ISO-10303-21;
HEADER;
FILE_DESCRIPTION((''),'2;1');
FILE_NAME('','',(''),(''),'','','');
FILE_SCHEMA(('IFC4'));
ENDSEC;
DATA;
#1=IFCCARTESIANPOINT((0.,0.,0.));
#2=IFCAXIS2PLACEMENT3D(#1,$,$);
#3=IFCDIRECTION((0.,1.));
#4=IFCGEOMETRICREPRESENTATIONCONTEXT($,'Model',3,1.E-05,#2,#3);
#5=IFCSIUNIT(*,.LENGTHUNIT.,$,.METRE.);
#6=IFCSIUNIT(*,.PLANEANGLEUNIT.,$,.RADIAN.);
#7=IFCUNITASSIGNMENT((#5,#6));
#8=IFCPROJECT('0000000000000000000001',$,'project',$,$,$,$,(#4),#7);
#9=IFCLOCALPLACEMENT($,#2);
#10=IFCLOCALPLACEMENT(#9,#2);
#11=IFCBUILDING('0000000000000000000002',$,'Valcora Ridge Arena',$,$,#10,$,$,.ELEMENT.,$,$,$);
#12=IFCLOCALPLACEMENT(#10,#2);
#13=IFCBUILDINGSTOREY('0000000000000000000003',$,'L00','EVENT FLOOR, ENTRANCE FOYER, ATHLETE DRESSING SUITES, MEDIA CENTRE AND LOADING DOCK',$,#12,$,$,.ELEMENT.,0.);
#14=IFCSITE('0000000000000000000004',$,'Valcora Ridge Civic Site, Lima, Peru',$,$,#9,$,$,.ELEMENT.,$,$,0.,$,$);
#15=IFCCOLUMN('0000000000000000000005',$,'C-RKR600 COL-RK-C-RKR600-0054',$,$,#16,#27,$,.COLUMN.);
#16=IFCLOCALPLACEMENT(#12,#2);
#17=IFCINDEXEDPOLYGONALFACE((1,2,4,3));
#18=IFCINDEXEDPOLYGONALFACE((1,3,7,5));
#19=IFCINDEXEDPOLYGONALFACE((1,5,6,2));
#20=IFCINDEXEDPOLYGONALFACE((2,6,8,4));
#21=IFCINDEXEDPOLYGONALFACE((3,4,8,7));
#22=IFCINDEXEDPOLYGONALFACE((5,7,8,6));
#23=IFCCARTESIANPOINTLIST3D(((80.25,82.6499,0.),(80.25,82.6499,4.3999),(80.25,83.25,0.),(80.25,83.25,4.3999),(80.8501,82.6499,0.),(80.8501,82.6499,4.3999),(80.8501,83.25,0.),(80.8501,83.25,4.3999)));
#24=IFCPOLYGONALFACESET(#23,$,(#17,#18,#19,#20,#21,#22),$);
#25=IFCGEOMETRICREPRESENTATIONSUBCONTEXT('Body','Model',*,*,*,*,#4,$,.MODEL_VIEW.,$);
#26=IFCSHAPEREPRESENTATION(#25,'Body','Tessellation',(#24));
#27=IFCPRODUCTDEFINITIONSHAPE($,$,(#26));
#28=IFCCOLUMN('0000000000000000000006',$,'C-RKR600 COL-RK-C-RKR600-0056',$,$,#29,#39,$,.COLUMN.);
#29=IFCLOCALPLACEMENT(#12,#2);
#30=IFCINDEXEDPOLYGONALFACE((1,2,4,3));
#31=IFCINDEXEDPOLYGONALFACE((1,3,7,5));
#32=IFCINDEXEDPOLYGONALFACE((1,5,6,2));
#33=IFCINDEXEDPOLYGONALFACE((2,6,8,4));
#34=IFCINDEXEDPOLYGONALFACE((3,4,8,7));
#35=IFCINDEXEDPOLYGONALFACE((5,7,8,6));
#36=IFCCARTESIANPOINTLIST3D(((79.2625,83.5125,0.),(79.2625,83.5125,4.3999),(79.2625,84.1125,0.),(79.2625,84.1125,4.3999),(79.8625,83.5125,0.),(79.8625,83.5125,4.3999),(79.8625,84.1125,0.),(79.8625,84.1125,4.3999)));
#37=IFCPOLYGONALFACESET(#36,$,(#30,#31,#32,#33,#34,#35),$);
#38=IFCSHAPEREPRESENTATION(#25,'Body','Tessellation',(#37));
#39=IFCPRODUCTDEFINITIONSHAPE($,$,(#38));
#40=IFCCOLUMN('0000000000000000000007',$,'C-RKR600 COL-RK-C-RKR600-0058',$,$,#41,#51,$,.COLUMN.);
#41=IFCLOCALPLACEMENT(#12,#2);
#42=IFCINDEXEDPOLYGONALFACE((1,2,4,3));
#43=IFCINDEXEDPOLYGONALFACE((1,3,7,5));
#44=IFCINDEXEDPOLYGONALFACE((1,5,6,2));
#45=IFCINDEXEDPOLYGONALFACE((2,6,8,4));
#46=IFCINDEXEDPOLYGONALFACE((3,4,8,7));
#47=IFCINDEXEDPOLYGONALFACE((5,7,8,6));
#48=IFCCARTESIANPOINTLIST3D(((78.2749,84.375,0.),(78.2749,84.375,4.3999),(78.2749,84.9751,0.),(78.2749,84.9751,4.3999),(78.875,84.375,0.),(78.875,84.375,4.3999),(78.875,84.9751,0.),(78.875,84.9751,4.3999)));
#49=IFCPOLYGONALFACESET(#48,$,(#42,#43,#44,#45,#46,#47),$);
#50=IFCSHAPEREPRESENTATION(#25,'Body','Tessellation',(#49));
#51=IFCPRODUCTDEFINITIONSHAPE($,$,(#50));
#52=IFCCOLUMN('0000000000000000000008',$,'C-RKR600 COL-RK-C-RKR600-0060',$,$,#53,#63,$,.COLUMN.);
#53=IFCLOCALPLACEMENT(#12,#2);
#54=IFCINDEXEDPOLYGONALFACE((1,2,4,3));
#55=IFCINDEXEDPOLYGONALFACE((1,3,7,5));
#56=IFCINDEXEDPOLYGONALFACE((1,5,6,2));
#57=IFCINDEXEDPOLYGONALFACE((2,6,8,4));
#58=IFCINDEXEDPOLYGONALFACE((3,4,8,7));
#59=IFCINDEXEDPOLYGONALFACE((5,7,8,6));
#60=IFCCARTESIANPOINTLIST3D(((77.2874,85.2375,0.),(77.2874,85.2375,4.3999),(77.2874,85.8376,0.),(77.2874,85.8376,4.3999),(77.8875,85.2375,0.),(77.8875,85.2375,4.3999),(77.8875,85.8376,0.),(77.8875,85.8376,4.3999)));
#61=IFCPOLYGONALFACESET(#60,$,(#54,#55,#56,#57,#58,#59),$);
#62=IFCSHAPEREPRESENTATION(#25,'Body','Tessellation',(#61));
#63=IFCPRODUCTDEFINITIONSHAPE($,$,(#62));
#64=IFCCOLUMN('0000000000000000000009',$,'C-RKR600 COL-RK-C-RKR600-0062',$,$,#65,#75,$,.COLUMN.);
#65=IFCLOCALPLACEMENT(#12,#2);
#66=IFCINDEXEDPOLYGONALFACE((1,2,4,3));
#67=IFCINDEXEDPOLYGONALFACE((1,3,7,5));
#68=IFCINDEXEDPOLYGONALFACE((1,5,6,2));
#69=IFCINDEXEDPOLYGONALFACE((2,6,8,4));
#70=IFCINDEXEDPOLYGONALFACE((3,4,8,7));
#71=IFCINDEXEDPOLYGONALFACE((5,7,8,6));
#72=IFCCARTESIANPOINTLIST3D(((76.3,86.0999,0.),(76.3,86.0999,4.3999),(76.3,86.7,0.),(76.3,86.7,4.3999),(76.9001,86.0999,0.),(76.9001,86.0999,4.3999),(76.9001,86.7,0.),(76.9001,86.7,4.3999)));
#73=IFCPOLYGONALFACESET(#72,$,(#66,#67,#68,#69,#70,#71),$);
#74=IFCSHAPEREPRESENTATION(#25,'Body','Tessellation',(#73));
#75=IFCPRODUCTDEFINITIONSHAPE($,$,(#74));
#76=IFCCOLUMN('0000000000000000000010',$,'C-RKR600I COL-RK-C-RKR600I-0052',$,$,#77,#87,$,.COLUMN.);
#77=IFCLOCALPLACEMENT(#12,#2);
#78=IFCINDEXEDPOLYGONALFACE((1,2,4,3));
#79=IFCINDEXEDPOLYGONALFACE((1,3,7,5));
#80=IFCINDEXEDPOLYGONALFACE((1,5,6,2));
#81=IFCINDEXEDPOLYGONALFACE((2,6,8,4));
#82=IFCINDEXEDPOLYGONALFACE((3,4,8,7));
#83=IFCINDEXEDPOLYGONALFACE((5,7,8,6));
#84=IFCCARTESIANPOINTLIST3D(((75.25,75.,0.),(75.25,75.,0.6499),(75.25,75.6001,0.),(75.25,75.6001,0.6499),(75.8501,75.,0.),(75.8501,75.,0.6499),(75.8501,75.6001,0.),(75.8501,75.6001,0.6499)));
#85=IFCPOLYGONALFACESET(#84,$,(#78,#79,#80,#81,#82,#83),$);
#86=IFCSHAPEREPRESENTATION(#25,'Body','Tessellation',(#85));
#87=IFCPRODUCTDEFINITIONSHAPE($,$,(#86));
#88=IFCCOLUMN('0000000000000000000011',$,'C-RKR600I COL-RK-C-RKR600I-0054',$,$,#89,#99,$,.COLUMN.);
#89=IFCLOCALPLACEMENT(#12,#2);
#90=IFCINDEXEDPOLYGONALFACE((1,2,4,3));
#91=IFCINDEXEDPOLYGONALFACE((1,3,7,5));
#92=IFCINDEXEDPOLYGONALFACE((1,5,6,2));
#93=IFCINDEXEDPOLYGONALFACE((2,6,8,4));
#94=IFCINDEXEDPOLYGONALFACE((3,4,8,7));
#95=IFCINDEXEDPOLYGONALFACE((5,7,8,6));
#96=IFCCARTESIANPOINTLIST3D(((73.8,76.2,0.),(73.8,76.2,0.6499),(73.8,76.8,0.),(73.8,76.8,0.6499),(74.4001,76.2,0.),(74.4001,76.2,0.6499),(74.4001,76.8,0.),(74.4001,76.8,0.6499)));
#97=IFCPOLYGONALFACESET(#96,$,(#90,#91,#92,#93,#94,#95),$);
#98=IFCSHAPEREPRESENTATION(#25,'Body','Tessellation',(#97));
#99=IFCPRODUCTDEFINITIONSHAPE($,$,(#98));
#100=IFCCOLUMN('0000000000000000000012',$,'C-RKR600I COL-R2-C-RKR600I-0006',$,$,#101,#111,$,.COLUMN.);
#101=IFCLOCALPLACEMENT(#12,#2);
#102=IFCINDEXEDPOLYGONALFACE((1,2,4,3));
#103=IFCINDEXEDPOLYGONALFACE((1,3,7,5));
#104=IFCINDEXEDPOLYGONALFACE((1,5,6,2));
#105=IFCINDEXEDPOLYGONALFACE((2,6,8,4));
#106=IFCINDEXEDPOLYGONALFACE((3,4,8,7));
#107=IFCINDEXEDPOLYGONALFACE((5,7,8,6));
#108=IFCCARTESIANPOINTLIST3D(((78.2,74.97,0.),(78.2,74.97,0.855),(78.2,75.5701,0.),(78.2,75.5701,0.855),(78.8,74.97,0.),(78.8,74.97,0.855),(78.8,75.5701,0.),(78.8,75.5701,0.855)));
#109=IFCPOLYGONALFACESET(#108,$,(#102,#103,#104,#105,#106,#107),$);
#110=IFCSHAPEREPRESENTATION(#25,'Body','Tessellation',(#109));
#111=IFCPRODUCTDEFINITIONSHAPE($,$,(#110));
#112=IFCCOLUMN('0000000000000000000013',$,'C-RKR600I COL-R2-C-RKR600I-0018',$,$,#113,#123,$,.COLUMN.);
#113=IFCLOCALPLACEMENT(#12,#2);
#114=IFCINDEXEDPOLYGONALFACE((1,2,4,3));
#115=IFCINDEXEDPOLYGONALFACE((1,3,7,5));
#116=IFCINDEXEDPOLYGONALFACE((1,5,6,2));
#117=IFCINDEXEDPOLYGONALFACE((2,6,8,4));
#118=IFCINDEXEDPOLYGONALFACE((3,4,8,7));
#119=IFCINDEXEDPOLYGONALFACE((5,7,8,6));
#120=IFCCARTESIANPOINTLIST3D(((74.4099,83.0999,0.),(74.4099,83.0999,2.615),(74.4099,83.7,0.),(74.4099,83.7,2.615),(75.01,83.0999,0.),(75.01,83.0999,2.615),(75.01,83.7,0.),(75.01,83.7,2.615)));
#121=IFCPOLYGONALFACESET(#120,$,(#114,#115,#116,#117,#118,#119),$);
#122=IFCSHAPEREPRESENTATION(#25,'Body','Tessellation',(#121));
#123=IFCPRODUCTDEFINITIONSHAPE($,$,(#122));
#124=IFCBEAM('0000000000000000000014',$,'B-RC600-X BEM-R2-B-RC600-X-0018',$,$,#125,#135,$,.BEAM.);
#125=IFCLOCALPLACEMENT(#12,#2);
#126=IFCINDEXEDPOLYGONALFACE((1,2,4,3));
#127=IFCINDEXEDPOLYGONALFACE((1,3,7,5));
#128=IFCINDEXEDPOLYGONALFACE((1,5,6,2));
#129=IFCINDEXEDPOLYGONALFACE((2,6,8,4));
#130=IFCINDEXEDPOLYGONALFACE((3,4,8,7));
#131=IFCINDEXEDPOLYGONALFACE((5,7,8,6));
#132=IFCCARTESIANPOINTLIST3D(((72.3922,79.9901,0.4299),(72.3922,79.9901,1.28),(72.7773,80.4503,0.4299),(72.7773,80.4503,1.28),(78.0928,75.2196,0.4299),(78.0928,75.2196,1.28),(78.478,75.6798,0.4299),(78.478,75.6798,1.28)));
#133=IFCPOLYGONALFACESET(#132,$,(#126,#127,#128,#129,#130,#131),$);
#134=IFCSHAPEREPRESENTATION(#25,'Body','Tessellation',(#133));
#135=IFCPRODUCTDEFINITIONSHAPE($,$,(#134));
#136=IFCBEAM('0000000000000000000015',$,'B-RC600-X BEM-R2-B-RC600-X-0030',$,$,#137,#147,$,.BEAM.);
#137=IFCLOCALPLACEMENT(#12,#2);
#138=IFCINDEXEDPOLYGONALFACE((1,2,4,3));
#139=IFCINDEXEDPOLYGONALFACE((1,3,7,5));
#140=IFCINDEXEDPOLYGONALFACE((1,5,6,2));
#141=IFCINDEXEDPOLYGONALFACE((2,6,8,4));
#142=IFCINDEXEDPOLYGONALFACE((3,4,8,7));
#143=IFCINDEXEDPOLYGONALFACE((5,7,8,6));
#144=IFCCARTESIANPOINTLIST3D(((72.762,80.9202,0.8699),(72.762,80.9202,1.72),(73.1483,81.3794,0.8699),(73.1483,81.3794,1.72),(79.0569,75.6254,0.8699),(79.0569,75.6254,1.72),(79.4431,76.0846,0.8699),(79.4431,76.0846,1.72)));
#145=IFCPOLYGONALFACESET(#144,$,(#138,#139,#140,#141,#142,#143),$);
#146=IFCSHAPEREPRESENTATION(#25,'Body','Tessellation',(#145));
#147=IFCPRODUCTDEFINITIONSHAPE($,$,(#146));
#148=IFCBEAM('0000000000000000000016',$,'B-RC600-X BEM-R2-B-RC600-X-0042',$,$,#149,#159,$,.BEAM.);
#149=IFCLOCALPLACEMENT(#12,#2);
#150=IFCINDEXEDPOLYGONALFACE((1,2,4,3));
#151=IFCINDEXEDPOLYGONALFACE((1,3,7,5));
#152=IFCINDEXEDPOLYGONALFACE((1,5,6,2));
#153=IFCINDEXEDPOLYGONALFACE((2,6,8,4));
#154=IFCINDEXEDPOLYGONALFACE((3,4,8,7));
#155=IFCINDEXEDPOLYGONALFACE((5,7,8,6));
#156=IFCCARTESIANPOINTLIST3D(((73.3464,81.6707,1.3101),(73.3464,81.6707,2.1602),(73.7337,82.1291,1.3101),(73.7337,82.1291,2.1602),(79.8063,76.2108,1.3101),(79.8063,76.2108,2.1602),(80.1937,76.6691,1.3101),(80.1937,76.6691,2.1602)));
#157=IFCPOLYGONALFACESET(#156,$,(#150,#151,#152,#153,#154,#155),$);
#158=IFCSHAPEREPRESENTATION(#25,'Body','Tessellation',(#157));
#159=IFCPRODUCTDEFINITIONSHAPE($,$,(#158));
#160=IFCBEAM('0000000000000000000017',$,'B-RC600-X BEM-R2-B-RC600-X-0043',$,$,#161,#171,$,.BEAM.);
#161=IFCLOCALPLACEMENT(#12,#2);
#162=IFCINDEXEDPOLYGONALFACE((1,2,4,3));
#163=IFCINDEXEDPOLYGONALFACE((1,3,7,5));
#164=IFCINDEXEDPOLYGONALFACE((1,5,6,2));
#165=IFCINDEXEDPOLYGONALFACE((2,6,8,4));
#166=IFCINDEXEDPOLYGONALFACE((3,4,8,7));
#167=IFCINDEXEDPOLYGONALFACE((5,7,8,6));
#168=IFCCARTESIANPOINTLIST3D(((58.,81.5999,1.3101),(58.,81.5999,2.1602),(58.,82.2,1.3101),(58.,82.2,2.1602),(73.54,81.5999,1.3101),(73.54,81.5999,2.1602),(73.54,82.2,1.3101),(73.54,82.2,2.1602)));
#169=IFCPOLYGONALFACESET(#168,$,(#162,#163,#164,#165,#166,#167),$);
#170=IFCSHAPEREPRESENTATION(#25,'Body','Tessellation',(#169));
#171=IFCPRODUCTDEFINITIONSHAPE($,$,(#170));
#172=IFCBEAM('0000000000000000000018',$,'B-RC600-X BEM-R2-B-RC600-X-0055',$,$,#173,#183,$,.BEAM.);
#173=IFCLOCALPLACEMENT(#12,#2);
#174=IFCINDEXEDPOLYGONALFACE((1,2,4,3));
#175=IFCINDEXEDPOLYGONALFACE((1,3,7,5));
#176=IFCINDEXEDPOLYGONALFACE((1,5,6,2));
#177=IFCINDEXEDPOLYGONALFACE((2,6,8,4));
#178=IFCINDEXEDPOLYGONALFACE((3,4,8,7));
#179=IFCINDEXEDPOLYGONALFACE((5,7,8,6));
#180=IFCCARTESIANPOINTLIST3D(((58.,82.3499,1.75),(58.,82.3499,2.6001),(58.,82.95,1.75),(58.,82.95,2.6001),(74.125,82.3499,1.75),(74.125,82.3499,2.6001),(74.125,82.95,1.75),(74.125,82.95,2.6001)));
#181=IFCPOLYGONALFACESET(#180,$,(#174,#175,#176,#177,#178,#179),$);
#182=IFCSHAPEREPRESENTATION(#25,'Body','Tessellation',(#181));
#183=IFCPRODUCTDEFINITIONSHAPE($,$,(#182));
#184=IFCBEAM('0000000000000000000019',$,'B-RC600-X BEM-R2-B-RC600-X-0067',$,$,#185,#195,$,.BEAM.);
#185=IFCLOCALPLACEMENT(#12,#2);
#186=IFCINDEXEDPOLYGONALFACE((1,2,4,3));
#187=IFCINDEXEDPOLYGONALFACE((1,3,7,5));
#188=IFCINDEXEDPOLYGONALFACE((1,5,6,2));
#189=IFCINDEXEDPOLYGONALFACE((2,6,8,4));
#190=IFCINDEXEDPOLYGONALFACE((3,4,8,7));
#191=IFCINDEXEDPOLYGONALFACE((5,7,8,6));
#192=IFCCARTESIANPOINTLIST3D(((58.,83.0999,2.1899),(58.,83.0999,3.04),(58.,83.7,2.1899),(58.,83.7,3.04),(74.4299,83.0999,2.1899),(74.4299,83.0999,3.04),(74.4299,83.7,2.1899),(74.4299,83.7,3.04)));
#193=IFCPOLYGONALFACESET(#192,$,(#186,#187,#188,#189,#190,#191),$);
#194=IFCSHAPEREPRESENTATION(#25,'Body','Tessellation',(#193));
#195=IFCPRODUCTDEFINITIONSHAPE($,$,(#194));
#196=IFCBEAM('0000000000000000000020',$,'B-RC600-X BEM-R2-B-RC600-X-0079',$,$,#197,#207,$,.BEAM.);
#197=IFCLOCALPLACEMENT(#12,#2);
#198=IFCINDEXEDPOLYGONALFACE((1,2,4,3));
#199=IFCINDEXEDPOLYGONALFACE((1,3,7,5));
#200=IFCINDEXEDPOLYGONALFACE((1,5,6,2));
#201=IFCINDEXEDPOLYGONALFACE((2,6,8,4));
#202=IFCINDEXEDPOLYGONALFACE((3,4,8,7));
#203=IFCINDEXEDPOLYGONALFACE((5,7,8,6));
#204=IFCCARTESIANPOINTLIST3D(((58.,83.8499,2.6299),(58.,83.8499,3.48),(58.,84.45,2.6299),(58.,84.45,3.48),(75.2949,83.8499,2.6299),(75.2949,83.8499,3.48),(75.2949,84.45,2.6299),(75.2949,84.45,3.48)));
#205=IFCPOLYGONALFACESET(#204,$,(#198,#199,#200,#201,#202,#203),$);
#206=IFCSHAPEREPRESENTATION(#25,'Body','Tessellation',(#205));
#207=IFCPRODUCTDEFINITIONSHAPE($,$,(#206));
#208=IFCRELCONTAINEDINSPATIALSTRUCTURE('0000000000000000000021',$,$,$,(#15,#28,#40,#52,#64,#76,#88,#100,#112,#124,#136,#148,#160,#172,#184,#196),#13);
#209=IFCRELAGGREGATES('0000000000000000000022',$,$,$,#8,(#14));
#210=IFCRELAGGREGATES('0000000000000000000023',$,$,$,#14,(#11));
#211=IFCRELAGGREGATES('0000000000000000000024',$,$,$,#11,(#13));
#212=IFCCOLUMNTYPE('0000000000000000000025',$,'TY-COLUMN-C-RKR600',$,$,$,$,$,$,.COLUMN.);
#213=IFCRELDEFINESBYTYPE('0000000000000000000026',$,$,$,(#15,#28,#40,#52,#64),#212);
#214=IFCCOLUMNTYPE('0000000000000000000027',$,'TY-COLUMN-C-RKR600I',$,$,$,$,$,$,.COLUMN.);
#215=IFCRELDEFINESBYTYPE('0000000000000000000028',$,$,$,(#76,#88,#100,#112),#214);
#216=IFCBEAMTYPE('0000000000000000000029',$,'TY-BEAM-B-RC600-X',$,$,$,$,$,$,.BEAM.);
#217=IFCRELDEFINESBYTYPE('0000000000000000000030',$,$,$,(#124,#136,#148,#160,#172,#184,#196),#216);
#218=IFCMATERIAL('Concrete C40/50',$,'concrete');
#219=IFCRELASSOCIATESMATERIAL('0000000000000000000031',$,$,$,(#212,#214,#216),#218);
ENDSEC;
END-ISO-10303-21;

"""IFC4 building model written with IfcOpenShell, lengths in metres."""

from ifc_helpers import new_model, si_unit, direction, frame, origin, origin_2d, place, context, subcontext, project, spatial, rectangle, extrude, material, material_profile, profile_set, type_object, element, save


model = new_model("IFC4")

# Units and contexts
model_context = context("Model", 3, precision=1e-05, world=origin(), true_north=direction((0.0, 1.0)))
body_context = subcontext(model_context, "Body", "Model", "MODEL_VIEW")
ifc_project = project(units=[si_unit("LENGTHUNIT", "METRE"), si_unit("PLANEANGLEUNIT", "RADIAN")], contexts=[model_context])

# Site, building, storey
site_placement = place(None, origin())
site = spatial("IfcSite", under=ifc_project, at=site_placement, Name="Valcora Ridge Civic Site, Lima, Peru", CompositionType="ELEMENT", RefElevation=0.0)
building_placement = place(site_placement, origin())
building = spatial("IfcBuilding", under=site, at=building_placement, Name="Valcora Ridge Arena", CompositionType="ELEMENT")
storey_placement = place(building_placement, origin())
storey = spatial("IfcBuildingStorey", under=building, at=storey_placement, Name="L00", Description="EVENT FLOOR, ENTRANCE FOYER, ATHLETE DRESSING SUITES, MEDIA CENTRE AND LOADING DOCK", CompositionType="ELEMENT", Elevation=0.0)

# Columns
ifc_material_1 = material(Name="Concrete C40/50", Category="concrete")
ifc_material_profile_1 = material_profile(ifc_material_1, rectangle(XDim=0.6001, YDim=0.6001, at=origin_2d()), Name="RC 600x600")
ifc_profile_set_1 = profile_set([ifc_material_profile_1], Name="Concrete C40/50")
column_type_1 = type_object("IfcColumnType", Name="TY-COLUMN-C-RKR600", PredefinedType="COLUMN", material=ifc_profile_set_1)
for number, where, z_axis, x_axis, name in (
    (1, (80.55, 82.95, 0.0), (0.0, 0.0, 1.0), (1.0, 0.0, 0.0), "C-RKR600 COL-RK-C-RKR600-0054"),
    (2, (79.5625, 83.8125, 0.0), (0.0, 0.0, 1.0), (1.0, 0.0, 0.0), "C-RKR600 COL-RK-C-RKR600-0056"),
    (3, (78.575, 84.675, 0.0), (0.0, 0.0, 1.0), (1.0, 0.0, 0.0), "C-RKR600 COL-RK-C-RKR600-0058"),
    (4, (77.5874, 85.5376, 0.0), (0.0, 0.0, 1.0), (1.0, 0.0, 0.0), "C-RKR600 COL-RK-C-RKR600-0060"),
    (5, (76.6001, 86.3999, 0.0), (0.0, 0.0, 1.0), (1.0, 0.0, 0.0), "C-RKR600 COL-RK-C-RKR600-0062"),
):
    element("IfcColumn", number, at=place(storey_placement, frame(where, z_axis=z_axis, x_axis=x_axis)), inside=storey, type_object=column_type_1, Name=name, PredefinedType="COLUMN", context=body_context, shape_type="SweptSolid", body=[
        extrude(rectangle(XDim=0.6001, YDim=0.6001, at=origin_2d()), origin(), (0.0, 0.0, 1.0), 4.3999),
    ])
ifc_material_profile_2 = material_profile(ifc_material_1, rectangle(XDim=0.6001, YDim=0.6001, at=origin_2d()), Name="RC 600x600")
ifc_profile_set_2 = profile_set([ifc_material_profile_2], Name="Concrete C40/50")
column_type_2 = type_object("IfcColumnType", Name="TY-COLUMN-C-RKR600I", PredefinedType="COLUMN", material=ifc_profile_set_2)
for number, where, z_axis, x_axis, name in (
    (6, (75.55, 75.3, 0.0), (0.0, 0.0, 1.0), (1.0, 0.0, 0.0), "C-RKR600I COL-RK-C-RKR600I-0052"),
    (7, (74.1001, 76.5, 0.0), (0.0, 0.0, 1.0), (1.0, 0.0, 0.0), "C-RKR600I COL-RK-C-RKR600I-0054"),
):
    element("IfcColumn", number, at=place(storey_placement, frame(where, z_axis=z_axis, x_axis=x_axis)), inside=storey, type_object=column_type_2, Name=name, PredefinedType="COLUMN", context=body_context, shape_type="SweptSolid", body=[
        extrude(rectangle(XDim=0.6001, YDim=0.6001, at=origin_2d()), origin(), (0.0, 0.0, 1.0), 0.6499),
    ])
column_1_placement = place(storey_placement, frame((78.5, 75.27, 0.0), z_axis=(0.0, 0.0, 1.0), x_axis=(1.0, 0.0, 0.0)))
element("IfcColumn", 8, at=column_1_placement, inside=storey, type_object=column_type_2, Name="C-RKR600I COL-R2-C-RKR600I-0006", PredefinedType="COLUMN", context=body_context, shape_type="SweptSolid", body=[
    extrude(rectangle(XDim=0.6001, YDim=0.6001, at=origin_2d()), origin(), (0.0, 0.0, 1.0), 0.855),
])
column_2_placement = place(storey_placement, frame((74.71, 83.3999, 0.0), z_axis=(0.0, 0.0, 1.0), x_axis=(1.0, 0.0, 0.0)))
element("IfcColumn", 9, at=column_2_placement, inside=storey, type_object=column_type_2, Name="C-RKR600I COL-R2-C-RKR600I-0018", PredefinedType="COLUMN", context=body_context, shape_type="SweptSolid", body=[
    extrude(rectangle(XDim=0.6001, YDim=0.6001, at=origin_2d()), origin(), (0.0, 0.0, 1.0), 2.615),
])

# Beams
ifc_material_profile_3 = material_profile(ifc_material_1, rectangle(XDim=0.6001, YDim=0.8501, at=origin_2d()), Name="RC 600x850")
ifc_profile_set_3 = profile_set([ifc_material_profile_3], Name="Concrete C40/50")
beam_type = type_object("IfcBeamType", Name="TY-BEAM-B-RC600-X", PredefinedType="BEAM", material=ifc_profile_set_3)
beam_1_placement = place(storey_placement, frame((78.2854, 75.4497, 0.855), z_axis=(-0.766901, 0.641766, 0.0), x_axis=(-0.641766, -0.766901, 0.0)))
element("IfcBeam", 10, at=beam_1_placement, inside=storey, type_object=beam_type, Name="B-RC600-X BEM-R2-B-RC600-X-0018", PredefinedType="BEAM", context=body_context, shape_type="SweptSolid", body=[
    extrude(rectangle(XDim=0.6001, YDim=0.8501, at=origin_2d()), origin(), (0.0, 0.0, 1.0), 7.4333),
])
beam_2_placement = place(storey_placement, frame((79.25, 75.855, 1.2949), z_axis=(-0.765274, 0.643704, 0.0), x_axis=(-0.643704, -0.765274, 0.0)))
element("IfcBeam", 11, at=beam_2_placement, inside=storey, type_object=beam_type, Name="B-RC600-X BEM-R2-B-RC600-X-0030", PredefinedType="BEAM", context=body_context, shape_type="SweptSolid", body=[
    extrude(rectangle(XDim=0.6001, YDim=0.8501, at=origin_2d()), origin(), (0.0, 0.0, 1.0), 8.2256),
])
beam_3_placement = place(storey_placement, frame((80.0, 76.4399, 1.7351), z_axis=(-0.763745, 0.645518, 0.0), x_axis=(-0.645518, -0.763745, 0.0)))
element("IfcBeam", 12, at=beam_3_placement, inside=storey, type_object=beam_type, Name="B-RC600-X BEM-R2-B-RC600-X-0042", PredefinedType="BEAM", context=body_context, shape_type="SweptSolid", body=[
    extrude(rectangle(XDim=0.6001, YDim=0.8501, at=origin_2d()), origin(), (0.0, 0.0, 1.0), 8.4583),
])
beam_4_placement = place(storey_placement, frame((73.54, 81.8999, 1.7351), z_axis=(-1.0, 0.0, 0.0), x_axis=(0.0, -1.0, 0.0)))
element("IfcBeam", 13, at=beam_4_placement, inside=storey, type_object=beam_type, Name="B-RC600-X BEM-R2-B-RC600-X-0043", PredefinedType="BEAM", context=body_context, shape_type="SweptSolid", body=[
    extrude(rectangle(XDim=0.6001, YDim=0.8501, at=origin_2d()), origin(), (0.0, 0.0, 1.0), 15.54),
])
beam_5_placement = place(storey_placement, frame((74.125, 82.6499, 2.175), z_axis=(-1.0, 0.0, 0.0), x_axis=(0.0, -1.0, 0.0)))
element("IfcBeam", 14, at=beam_5_placement, inside=storey, type_object=beam_type, Name="B-RC600-X BEM-R2-B-RC600-X-0055", PredefinedType="BEAM", context=body_context, shape_type="SweptSolid", body=[
    extrude(rectangle(XDim=0.6001, YDim=0.8501, at=origin_2d()), origin(), (0.0, 0.0, 1.0), 16.125),
])
beam_6_placement = place(storey_placement, frame((74.4299, 83.3999, 2.615), z_axis=(-1.0, 0.0, 0.0), x_axis=(0.0, -1.0, 0.0)))
element("IfcBeam", 15, at=beam_6_placement, inside=storey, type_object=beam_type, Name="B-RC600-X BEM-R2-B-RC600-X-0067", PredefinedType="BEAM", context=body_context, shape_type="SweptSolid", body=[
    extrude(rectangle(XDim=0.6001, YDim=0.8501, at=origin_2d()), origin(), (0.0, 0.0, 1.0), 16.4299),
])
beam_7_placement = place(storey_placement, frame((75.2949, 84.1499, 3.0549), z_axis=(-1.0, 0.0, 0.0), x_axis=(0.0, -1.0, 0.0)))
element("IfcBeam", 16, at=beam_7_placement, inside=storey, type_object=beam_type, Name="B-RC600-X BEM-R2-B-RC600-X-0079", PredefinedType="BEAM", context=body_context, shape_type="SweptSolid", body=[
    extrude(rectangle(XDim=0.6001, YDim=0.8501, at=origin_2d()), origin(), (0.0, 0.0, 1.0), 17.2949),
])

save(model, "model.ifc")
